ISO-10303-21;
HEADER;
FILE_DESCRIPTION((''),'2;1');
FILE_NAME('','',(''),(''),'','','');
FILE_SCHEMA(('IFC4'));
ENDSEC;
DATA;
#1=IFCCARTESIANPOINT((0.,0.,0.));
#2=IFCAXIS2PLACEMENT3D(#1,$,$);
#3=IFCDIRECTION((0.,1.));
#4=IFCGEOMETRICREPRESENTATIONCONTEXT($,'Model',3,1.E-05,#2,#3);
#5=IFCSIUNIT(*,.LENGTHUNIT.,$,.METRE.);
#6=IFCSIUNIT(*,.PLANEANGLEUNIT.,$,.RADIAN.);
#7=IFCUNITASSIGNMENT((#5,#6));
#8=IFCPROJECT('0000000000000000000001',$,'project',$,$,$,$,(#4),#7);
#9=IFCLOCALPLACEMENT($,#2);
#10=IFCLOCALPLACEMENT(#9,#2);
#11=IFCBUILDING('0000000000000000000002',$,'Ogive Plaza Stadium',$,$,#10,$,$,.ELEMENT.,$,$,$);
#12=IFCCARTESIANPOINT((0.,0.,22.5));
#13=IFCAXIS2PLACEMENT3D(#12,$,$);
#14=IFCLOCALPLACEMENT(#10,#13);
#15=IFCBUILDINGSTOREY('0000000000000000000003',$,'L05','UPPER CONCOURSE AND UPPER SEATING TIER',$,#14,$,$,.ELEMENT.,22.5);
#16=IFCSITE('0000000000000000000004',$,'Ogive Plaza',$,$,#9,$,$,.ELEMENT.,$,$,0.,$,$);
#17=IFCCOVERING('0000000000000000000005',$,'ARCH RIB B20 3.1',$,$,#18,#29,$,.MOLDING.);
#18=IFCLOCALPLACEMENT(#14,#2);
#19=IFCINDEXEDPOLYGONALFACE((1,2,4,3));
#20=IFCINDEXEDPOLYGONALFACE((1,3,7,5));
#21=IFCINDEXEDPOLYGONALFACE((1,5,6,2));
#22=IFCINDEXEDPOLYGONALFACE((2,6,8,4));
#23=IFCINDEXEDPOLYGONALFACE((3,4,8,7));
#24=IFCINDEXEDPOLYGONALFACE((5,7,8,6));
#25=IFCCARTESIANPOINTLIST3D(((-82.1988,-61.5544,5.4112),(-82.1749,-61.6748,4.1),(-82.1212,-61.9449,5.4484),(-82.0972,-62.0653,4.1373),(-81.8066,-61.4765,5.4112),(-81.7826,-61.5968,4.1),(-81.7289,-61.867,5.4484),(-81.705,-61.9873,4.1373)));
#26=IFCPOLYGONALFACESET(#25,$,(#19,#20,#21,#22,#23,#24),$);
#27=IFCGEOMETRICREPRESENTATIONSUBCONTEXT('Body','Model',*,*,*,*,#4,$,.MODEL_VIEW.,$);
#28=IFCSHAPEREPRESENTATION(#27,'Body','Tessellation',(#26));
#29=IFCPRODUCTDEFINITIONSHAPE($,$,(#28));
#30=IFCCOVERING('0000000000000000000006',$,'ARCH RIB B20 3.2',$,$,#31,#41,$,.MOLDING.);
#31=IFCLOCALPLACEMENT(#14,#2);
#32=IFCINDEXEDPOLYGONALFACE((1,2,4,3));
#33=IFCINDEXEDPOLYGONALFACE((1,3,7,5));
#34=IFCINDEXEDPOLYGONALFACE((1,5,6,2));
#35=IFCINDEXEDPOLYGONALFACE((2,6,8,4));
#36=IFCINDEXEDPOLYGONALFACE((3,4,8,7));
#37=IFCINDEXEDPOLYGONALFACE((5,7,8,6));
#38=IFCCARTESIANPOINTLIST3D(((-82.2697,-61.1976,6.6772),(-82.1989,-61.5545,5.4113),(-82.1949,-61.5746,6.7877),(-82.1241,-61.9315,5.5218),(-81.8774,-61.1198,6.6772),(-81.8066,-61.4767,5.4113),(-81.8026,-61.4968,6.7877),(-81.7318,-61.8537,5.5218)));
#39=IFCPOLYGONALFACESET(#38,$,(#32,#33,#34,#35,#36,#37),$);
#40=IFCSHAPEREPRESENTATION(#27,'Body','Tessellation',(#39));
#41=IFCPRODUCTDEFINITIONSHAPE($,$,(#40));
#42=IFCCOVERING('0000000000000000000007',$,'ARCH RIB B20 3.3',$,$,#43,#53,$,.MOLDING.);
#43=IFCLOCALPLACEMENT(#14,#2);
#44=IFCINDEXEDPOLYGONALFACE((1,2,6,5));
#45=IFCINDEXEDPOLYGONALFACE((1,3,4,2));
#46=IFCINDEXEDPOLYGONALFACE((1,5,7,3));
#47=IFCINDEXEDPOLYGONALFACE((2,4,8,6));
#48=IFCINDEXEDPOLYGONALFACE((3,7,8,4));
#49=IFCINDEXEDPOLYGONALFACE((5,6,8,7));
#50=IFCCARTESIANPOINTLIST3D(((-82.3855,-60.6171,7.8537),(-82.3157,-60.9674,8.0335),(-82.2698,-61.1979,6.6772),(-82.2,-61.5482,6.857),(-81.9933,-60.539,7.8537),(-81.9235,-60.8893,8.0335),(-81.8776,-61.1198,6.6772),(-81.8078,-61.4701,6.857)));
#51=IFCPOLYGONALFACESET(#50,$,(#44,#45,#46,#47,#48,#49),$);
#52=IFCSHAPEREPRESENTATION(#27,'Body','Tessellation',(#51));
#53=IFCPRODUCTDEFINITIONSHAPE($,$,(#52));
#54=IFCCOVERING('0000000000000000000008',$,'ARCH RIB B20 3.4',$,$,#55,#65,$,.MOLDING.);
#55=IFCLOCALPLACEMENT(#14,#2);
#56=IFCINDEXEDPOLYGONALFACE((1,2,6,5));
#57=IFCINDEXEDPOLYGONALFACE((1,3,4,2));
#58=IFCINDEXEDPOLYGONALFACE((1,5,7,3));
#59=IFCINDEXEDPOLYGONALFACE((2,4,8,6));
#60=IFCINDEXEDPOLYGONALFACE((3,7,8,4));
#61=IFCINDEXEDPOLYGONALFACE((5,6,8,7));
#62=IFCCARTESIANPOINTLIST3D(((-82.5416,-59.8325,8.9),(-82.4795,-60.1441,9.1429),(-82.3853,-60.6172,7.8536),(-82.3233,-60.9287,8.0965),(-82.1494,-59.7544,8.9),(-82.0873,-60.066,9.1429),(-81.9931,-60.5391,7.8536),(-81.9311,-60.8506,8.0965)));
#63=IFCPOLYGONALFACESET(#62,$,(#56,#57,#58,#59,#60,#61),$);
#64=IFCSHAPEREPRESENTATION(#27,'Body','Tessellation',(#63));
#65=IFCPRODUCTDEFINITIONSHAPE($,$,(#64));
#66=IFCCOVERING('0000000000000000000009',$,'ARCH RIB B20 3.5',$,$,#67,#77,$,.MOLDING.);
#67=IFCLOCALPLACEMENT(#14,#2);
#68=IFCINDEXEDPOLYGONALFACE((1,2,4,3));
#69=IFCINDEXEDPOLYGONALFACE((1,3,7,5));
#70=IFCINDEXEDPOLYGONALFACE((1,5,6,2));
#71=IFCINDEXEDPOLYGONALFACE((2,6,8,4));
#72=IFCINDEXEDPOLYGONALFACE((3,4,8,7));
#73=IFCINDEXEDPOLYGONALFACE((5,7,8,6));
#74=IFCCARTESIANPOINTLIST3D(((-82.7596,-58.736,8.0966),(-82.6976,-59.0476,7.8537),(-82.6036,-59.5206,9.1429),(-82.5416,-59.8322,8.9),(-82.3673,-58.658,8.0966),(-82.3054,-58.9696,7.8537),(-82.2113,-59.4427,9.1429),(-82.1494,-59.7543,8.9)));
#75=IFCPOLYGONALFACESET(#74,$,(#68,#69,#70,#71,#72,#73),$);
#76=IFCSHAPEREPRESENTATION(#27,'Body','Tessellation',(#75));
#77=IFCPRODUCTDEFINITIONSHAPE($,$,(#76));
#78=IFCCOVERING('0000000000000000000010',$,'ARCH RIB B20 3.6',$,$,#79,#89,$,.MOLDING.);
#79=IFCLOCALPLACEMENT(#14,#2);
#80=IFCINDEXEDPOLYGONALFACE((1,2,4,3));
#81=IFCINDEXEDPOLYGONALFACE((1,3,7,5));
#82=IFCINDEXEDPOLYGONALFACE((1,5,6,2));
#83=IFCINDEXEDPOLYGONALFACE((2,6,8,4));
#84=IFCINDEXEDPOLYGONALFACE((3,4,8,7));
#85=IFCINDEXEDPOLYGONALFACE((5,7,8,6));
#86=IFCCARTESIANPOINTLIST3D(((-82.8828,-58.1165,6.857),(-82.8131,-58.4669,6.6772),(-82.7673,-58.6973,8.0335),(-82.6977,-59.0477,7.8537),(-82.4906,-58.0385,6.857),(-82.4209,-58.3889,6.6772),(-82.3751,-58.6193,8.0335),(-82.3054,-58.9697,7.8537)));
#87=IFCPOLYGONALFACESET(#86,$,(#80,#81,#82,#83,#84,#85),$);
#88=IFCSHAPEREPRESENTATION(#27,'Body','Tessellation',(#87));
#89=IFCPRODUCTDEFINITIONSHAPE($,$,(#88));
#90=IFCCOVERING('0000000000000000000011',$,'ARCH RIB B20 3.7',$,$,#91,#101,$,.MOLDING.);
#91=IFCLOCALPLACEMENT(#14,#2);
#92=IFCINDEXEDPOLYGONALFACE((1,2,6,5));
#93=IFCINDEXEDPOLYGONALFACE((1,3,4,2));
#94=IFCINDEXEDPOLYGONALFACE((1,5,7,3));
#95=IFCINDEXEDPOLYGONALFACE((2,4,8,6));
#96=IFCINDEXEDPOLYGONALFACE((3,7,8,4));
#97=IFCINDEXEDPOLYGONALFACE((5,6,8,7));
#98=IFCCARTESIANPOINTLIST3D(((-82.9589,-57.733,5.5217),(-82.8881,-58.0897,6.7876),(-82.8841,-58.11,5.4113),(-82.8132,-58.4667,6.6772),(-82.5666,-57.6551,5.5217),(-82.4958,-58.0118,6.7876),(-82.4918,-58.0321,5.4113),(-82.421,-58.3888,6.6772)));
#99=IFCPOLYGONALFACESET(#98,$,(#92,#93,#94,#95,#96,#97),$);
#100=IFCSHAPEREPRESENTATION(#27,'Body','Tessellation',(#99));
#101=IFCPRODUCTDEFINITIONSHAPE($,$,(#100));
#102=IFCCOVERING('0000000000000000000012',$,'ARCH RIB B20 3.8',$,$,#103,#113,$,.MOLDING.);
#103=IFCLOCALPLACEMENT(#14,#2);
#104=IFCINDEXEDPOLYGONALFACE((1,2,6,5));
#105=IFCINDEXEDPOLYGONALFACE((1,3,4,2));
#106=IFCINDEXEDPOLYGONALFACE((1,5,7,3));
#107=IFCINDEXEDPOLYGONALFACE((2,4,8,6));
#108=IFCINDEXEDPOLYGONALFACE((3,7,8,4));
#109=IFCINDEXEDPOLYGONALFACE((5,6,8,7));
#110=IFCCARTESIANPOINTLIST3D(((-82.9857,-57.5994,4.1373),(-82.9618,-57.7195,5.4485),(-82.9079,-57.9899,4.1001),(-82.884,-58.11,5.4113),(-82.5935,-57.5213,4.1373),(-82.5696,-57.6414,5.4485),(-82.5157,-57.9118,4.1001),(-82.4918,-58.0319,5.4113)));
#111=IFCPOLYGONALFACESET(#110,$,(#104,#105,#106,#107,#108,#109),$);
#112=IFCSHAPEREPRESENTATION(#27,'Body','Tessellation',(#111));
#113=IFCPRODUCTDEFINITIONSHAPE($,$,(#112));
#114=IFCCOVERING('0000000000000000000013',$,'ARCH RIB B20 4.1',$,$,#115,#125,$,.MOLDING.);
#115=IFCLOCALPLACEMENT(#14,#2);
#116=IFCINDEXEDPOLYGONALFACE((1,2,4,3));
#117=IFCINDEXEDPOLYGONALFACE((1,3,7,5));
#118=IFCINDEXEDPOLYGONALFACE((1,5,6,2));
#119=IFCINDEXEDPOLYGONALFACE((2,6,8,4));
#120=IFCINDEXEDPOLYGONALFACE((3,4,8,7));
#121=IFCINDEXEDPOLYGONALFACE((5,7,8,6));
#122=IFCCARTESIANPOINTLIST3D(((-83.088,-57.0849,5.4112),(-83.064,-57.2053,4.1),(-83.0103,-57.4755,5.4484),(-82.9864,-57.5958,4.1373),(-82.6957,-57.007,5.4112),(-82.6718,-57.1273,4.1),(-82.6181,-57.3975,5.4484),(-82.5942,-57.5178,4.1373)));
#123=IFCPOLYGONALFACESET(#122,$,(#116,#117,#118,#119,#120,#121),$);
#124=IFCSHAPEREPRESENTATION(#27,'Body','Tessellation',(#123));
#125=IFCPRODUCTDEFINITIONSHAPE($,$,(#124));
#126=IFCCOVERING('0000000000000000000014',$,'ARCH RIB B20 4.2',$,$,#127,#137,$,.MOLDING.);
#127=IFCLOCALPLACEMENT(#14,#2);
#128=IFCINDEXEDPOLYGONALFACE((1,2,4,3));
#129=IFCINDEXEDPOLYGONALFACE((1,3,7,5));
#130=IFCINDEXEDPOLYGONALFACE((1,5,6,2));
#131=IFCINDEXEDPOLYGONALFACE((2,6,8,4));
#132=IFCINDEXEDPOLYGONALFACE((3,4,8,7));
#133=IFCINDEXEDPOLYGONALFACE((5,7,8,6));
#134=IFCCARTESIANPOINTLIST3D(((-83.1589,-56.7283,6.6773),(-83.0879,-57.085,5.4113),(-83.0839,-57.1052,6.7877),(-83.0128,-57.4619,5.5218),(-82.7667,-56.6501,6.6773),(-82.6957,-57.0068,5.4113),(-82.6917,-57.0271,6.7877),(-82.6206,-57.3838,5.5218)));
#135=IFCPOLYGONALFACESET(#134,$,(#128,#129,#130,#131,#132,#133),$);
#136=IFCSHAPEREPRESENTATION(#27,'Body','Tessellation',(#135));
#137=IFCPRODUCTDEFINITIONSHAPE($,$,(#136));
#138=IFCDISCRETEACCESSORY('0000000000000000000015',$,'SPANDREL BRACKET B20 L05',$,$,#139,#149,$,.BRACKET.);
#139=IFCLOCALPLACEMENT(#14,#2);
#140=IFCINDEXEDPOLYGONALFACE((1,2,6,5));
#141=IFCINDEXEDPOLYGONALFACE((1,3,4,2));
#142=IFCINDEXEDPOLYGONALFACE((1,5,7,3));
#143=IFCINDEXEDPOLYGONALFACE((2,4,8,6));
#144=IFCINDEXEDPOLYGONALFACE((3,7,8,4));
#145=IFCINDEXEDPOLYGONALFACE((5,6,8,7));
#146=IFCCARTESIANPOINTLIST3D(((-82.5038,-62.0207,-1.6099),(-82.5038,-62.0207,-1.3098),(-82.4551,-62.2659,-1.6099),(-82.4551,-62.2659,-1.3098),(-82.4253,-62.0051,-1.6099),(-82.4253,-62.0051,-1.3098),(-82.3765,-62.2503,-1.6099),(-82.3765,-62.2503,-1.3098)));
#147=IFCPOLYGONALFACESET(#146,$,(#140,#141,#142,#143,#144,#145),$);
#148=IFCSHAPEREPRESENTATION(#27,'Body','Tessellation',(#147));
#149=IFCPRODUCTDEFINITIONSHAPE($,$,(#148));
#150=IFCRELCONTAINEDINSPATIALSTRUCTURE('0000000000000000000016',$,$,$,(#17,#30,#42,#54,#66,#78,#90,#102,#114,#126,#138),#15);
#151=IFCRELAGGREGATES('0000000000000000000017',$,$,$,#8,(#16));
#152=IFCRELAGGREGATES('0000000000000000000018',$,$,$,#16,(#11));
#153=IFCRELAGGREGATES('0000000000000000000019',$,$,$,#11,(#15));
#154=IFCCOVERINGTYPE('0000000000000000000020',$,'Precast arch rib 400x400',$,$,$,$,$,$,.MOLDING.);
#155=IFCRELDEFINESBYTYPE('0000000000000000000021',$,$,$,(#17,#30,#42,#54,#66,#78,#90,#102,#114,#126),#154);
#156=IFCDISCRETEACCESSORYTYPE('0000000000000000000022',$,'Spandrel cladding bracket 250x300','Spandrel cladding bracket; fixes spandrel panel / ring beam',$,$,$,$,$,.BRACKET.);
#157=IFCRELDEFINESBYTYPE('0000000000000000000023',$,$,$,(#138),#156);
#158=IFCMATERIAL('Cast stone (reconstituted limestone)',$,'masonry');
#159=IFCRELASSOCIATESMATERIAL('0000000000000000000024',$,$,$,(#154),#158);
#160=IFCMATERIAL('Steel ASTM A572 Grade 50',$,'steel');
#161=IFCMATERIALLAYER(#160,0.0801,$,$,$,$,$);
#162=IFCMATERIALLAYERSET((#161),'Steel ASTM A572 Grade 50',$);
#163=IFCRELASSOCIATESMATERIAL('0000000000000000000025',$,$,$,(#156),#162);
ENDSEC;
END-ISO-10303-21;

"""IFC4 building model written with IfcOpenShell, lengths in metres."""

from ifc_helpers import new_model, si_unit, direction, frame, origin, origin_2d, place, context, subcontext, project, spatial, rectangle, extrude, material, layer, layer_set, material_profile, profile_set, type_object, element, save


model = new_model("IFC4")

# Units and contexts
model_context = context("Model", 3, precision=1e-05, world=origin(), true_north=direction((0.0, 1.0)))
body_context = subcontext(model_context, "Body", "Model", "MODEL_VIEW")
ifc_project = project(units=[si_unit("LENGTHUNIT", "METRE"), si_unit("PLANEANGLEUNIT", "RADIAN")], contexts=[model_context])

# Site, building, storey
site_placement = place(None, origin())
site = spatial("IfcSite", under=ifc_project, at=site_placement, Name="Ogive Plaza", CompositionType="ELEMENT", RefElevation=0.0)
building_placement = place(site_placement, origin())
building = spatial("IfcBuilding", under=site, at=building_placement, Name="Ogive Plaza Stadium", CompositionType="ELEMENT")
storey_placement = place(building_placement, frame((0.0, 0.0, 22.5)))
storey = spatial("IfcBuildingStorey", under=building, at=storey_placement, Name="L05", Description="UPPER CONCOURSE AND UPPER SEATING TIER", CompositionType="ELEMENT", Elevation=22.5)

# Coverings
ifc_material_1 = material(Name="Cast stone (reconstituted limestone)", Category="masonry")
ifc_material_profile_1 = material_profile(ifc_material_1, rectangle(XDim=0.3999, YDim=0.3999, at=origin_2d()), Name="Cast stone 400x400")
ifc_profile_set_1 = profile_set([ifc_material_profile_1], Name="Cast stone (reconstituted limestone)")
covering_type = type_object("IfcCoveringType", Name="Precast arch rib 400x400", PredefinedType="MOLDING", material=ifc_profile_set_1)
for number, where, z_axis, x_axis, name in (
    (1, (-81.9399, -61.8311, 4.1187), (-0.018167, 0.09139, 0.995649), (-0.98081, -0.194968, 0.0), "ARCH RIB B20 3.1"),
):
    element("IfcCovering", number, at=place(storey_placement, frame(where, z_axis=z_axis, x_axis=x_axis)), inside=storey, type_object=covering_type, Name=name, PredefinedType="MOLDING", context=body_context, shape_type="SweptSolid", body=[
        extrude(rectangle(XDim=0.3999, YDim=0.3999, at=origin_2d()), origin(), (0.0, 0.0, 1.0), 1.3169),
    ])
for number, where, z_axis, x_axis, name in (
    (2, (-81.9653, -61.7041, 5.4666), (-0.053754, 0.270993, 0.961079), (-0.980889, -0.194568, 0.0), "ARCH RIB B20 3.2"),
    (3, (-82.0388, -61.334, 6.7671), (-0.087858, 0.440956, 0.893218), (-0.980723, -0.195403, 0.0), "ARCH RIB B20 3.3"),
    (4, (-82.1582, -60.7339, 7.9751), (-0.118622, 0.595704, 0.794396), (-0.980745, -0.195295, 0.0), "ARCH RIB B20 3.4"),
    (5, (-82.3765, -59.6375, 9.0215), (-0.118439, 0.595717, -0.794414), (-0.980803, -0.195001, 0.0), "ARCH RIB B20 3.5"),
    (6, (-82.5364, -58.8335, 7.9436), (-0.087674, 0.440963, -0.893233), (-0.980802, -0.195006, 0.0), "ARCH RIB B20 3.6"),
    (7, (-82.6545, -58.2393, 6.7324), (-0.053756, 0.270821, -0.961128), (-0.980864, -0.194696, 0.0), "ARCH RIB B20 3.7"),
):
    element("IfcCovering", number, at=place(storey_placement, frame(where, z_axis=z_axis, x_axis=x_axis)), inside=storey, type_object=covering_type, Name=name, PredefinedType="MOLDING", context=body_context, shape_type="SweptSolid", body=[
        extrude(rectangle(XDim=0.3999, YDim=0.3999, at=origin_2d()), origin(), (0.0, 0.0, 1.0), 1.3171),
    ])
for number, where, z_axis, x_axis, name in (
    (8, (-82.7268, -57.8757, 5.4299), (-0.018167, 0.091206, -0.995666), (-0.980734, -0.195349, 0.0), "ARCH RIB B20 3.8"),
    (9, (-82.8291, -57.3616, 4.1187), (-0.018167, 0.09139, 0.995649), (-0.98081, -0.194968, 0.0), "ARCH RIB B20 4.1"),
):
    element("IfcCovering", number, at=place(storey_placement, frame(where, z_axis=z_axis, x_axis=x_axis)), inside=storey, type_object=covering_type, Name=name, PredefinedType="MOLDING", context=body_context, shape_type="SweptSolid", body=[
        extrude(rectangle(XDim=0.3999, YDim=0.3999, at=origin_2d()), origin(), (0.0, 0.0, 1.0), 1.3169),
    ])
covering_placement = place(storey_placement, frame((-82.8542, -57.2344, 5.4666), z_axis=(-0.053941, 0.270818, 0.961118), x_axis=(-0.980735, -0.195342, 0.0)))
element("IfcCovering", 10, at=covering_placement, inside=storey, type_object=covering_type, Name="ARCH RIB B20 4.2", PredefinedType="MOLDING", context=body_context, shape_type="SweptSolid", body=[
    extrude(rectangle(XDim=0.3999, YDim=0.3999, at=origin_2d()), origin(), (0.0, 0.0, 1.0), 1.3171),
])

# Discrete accessory
ifc_material_2 = material(Name="Steel ASTM A572 Grade 50", Category="steel")
ifc_layer_1 = layer(ifc_material_2, 0.0801)
ifc_layer_set_1 = layer_set([ifc_layer_1], Name="Steel ASTM A572 Grade 50")
discrete_accessory_type = type_object("IfcDiscreteAccessoryType", Name="Spandrel cladding bracket 250x300", Description="Spandrel cladding bracket; fixes spandrel panel / ring beam", PredefinedType="BRACKET", material=ifc_layer_set_1)
discrete_accessory_placement = place(storey_placement, frame((-82.4402, -62.1355, -1.6099), z_axis=(0.0, 0.0, 1.0), x_axis=(-0.19509, 0.980785, 0.0)))
element("IfcDiscreteAccessory", 11, at=discrete_accessory_placement, inside=storey, type_object=discrete_accessory_type, Name="SPANDREL BRACKET B20 L05", PredefinedType="BRACKET", context=body_context, shape_type="SweptSolid", body=[
    extrude(rectangle(XDim=0.25, YDim=0.0801, at=origin_2d()), origin(), (0.0, 0.0, 1.0), 0.3),
])

save(model, "model.ifc")
